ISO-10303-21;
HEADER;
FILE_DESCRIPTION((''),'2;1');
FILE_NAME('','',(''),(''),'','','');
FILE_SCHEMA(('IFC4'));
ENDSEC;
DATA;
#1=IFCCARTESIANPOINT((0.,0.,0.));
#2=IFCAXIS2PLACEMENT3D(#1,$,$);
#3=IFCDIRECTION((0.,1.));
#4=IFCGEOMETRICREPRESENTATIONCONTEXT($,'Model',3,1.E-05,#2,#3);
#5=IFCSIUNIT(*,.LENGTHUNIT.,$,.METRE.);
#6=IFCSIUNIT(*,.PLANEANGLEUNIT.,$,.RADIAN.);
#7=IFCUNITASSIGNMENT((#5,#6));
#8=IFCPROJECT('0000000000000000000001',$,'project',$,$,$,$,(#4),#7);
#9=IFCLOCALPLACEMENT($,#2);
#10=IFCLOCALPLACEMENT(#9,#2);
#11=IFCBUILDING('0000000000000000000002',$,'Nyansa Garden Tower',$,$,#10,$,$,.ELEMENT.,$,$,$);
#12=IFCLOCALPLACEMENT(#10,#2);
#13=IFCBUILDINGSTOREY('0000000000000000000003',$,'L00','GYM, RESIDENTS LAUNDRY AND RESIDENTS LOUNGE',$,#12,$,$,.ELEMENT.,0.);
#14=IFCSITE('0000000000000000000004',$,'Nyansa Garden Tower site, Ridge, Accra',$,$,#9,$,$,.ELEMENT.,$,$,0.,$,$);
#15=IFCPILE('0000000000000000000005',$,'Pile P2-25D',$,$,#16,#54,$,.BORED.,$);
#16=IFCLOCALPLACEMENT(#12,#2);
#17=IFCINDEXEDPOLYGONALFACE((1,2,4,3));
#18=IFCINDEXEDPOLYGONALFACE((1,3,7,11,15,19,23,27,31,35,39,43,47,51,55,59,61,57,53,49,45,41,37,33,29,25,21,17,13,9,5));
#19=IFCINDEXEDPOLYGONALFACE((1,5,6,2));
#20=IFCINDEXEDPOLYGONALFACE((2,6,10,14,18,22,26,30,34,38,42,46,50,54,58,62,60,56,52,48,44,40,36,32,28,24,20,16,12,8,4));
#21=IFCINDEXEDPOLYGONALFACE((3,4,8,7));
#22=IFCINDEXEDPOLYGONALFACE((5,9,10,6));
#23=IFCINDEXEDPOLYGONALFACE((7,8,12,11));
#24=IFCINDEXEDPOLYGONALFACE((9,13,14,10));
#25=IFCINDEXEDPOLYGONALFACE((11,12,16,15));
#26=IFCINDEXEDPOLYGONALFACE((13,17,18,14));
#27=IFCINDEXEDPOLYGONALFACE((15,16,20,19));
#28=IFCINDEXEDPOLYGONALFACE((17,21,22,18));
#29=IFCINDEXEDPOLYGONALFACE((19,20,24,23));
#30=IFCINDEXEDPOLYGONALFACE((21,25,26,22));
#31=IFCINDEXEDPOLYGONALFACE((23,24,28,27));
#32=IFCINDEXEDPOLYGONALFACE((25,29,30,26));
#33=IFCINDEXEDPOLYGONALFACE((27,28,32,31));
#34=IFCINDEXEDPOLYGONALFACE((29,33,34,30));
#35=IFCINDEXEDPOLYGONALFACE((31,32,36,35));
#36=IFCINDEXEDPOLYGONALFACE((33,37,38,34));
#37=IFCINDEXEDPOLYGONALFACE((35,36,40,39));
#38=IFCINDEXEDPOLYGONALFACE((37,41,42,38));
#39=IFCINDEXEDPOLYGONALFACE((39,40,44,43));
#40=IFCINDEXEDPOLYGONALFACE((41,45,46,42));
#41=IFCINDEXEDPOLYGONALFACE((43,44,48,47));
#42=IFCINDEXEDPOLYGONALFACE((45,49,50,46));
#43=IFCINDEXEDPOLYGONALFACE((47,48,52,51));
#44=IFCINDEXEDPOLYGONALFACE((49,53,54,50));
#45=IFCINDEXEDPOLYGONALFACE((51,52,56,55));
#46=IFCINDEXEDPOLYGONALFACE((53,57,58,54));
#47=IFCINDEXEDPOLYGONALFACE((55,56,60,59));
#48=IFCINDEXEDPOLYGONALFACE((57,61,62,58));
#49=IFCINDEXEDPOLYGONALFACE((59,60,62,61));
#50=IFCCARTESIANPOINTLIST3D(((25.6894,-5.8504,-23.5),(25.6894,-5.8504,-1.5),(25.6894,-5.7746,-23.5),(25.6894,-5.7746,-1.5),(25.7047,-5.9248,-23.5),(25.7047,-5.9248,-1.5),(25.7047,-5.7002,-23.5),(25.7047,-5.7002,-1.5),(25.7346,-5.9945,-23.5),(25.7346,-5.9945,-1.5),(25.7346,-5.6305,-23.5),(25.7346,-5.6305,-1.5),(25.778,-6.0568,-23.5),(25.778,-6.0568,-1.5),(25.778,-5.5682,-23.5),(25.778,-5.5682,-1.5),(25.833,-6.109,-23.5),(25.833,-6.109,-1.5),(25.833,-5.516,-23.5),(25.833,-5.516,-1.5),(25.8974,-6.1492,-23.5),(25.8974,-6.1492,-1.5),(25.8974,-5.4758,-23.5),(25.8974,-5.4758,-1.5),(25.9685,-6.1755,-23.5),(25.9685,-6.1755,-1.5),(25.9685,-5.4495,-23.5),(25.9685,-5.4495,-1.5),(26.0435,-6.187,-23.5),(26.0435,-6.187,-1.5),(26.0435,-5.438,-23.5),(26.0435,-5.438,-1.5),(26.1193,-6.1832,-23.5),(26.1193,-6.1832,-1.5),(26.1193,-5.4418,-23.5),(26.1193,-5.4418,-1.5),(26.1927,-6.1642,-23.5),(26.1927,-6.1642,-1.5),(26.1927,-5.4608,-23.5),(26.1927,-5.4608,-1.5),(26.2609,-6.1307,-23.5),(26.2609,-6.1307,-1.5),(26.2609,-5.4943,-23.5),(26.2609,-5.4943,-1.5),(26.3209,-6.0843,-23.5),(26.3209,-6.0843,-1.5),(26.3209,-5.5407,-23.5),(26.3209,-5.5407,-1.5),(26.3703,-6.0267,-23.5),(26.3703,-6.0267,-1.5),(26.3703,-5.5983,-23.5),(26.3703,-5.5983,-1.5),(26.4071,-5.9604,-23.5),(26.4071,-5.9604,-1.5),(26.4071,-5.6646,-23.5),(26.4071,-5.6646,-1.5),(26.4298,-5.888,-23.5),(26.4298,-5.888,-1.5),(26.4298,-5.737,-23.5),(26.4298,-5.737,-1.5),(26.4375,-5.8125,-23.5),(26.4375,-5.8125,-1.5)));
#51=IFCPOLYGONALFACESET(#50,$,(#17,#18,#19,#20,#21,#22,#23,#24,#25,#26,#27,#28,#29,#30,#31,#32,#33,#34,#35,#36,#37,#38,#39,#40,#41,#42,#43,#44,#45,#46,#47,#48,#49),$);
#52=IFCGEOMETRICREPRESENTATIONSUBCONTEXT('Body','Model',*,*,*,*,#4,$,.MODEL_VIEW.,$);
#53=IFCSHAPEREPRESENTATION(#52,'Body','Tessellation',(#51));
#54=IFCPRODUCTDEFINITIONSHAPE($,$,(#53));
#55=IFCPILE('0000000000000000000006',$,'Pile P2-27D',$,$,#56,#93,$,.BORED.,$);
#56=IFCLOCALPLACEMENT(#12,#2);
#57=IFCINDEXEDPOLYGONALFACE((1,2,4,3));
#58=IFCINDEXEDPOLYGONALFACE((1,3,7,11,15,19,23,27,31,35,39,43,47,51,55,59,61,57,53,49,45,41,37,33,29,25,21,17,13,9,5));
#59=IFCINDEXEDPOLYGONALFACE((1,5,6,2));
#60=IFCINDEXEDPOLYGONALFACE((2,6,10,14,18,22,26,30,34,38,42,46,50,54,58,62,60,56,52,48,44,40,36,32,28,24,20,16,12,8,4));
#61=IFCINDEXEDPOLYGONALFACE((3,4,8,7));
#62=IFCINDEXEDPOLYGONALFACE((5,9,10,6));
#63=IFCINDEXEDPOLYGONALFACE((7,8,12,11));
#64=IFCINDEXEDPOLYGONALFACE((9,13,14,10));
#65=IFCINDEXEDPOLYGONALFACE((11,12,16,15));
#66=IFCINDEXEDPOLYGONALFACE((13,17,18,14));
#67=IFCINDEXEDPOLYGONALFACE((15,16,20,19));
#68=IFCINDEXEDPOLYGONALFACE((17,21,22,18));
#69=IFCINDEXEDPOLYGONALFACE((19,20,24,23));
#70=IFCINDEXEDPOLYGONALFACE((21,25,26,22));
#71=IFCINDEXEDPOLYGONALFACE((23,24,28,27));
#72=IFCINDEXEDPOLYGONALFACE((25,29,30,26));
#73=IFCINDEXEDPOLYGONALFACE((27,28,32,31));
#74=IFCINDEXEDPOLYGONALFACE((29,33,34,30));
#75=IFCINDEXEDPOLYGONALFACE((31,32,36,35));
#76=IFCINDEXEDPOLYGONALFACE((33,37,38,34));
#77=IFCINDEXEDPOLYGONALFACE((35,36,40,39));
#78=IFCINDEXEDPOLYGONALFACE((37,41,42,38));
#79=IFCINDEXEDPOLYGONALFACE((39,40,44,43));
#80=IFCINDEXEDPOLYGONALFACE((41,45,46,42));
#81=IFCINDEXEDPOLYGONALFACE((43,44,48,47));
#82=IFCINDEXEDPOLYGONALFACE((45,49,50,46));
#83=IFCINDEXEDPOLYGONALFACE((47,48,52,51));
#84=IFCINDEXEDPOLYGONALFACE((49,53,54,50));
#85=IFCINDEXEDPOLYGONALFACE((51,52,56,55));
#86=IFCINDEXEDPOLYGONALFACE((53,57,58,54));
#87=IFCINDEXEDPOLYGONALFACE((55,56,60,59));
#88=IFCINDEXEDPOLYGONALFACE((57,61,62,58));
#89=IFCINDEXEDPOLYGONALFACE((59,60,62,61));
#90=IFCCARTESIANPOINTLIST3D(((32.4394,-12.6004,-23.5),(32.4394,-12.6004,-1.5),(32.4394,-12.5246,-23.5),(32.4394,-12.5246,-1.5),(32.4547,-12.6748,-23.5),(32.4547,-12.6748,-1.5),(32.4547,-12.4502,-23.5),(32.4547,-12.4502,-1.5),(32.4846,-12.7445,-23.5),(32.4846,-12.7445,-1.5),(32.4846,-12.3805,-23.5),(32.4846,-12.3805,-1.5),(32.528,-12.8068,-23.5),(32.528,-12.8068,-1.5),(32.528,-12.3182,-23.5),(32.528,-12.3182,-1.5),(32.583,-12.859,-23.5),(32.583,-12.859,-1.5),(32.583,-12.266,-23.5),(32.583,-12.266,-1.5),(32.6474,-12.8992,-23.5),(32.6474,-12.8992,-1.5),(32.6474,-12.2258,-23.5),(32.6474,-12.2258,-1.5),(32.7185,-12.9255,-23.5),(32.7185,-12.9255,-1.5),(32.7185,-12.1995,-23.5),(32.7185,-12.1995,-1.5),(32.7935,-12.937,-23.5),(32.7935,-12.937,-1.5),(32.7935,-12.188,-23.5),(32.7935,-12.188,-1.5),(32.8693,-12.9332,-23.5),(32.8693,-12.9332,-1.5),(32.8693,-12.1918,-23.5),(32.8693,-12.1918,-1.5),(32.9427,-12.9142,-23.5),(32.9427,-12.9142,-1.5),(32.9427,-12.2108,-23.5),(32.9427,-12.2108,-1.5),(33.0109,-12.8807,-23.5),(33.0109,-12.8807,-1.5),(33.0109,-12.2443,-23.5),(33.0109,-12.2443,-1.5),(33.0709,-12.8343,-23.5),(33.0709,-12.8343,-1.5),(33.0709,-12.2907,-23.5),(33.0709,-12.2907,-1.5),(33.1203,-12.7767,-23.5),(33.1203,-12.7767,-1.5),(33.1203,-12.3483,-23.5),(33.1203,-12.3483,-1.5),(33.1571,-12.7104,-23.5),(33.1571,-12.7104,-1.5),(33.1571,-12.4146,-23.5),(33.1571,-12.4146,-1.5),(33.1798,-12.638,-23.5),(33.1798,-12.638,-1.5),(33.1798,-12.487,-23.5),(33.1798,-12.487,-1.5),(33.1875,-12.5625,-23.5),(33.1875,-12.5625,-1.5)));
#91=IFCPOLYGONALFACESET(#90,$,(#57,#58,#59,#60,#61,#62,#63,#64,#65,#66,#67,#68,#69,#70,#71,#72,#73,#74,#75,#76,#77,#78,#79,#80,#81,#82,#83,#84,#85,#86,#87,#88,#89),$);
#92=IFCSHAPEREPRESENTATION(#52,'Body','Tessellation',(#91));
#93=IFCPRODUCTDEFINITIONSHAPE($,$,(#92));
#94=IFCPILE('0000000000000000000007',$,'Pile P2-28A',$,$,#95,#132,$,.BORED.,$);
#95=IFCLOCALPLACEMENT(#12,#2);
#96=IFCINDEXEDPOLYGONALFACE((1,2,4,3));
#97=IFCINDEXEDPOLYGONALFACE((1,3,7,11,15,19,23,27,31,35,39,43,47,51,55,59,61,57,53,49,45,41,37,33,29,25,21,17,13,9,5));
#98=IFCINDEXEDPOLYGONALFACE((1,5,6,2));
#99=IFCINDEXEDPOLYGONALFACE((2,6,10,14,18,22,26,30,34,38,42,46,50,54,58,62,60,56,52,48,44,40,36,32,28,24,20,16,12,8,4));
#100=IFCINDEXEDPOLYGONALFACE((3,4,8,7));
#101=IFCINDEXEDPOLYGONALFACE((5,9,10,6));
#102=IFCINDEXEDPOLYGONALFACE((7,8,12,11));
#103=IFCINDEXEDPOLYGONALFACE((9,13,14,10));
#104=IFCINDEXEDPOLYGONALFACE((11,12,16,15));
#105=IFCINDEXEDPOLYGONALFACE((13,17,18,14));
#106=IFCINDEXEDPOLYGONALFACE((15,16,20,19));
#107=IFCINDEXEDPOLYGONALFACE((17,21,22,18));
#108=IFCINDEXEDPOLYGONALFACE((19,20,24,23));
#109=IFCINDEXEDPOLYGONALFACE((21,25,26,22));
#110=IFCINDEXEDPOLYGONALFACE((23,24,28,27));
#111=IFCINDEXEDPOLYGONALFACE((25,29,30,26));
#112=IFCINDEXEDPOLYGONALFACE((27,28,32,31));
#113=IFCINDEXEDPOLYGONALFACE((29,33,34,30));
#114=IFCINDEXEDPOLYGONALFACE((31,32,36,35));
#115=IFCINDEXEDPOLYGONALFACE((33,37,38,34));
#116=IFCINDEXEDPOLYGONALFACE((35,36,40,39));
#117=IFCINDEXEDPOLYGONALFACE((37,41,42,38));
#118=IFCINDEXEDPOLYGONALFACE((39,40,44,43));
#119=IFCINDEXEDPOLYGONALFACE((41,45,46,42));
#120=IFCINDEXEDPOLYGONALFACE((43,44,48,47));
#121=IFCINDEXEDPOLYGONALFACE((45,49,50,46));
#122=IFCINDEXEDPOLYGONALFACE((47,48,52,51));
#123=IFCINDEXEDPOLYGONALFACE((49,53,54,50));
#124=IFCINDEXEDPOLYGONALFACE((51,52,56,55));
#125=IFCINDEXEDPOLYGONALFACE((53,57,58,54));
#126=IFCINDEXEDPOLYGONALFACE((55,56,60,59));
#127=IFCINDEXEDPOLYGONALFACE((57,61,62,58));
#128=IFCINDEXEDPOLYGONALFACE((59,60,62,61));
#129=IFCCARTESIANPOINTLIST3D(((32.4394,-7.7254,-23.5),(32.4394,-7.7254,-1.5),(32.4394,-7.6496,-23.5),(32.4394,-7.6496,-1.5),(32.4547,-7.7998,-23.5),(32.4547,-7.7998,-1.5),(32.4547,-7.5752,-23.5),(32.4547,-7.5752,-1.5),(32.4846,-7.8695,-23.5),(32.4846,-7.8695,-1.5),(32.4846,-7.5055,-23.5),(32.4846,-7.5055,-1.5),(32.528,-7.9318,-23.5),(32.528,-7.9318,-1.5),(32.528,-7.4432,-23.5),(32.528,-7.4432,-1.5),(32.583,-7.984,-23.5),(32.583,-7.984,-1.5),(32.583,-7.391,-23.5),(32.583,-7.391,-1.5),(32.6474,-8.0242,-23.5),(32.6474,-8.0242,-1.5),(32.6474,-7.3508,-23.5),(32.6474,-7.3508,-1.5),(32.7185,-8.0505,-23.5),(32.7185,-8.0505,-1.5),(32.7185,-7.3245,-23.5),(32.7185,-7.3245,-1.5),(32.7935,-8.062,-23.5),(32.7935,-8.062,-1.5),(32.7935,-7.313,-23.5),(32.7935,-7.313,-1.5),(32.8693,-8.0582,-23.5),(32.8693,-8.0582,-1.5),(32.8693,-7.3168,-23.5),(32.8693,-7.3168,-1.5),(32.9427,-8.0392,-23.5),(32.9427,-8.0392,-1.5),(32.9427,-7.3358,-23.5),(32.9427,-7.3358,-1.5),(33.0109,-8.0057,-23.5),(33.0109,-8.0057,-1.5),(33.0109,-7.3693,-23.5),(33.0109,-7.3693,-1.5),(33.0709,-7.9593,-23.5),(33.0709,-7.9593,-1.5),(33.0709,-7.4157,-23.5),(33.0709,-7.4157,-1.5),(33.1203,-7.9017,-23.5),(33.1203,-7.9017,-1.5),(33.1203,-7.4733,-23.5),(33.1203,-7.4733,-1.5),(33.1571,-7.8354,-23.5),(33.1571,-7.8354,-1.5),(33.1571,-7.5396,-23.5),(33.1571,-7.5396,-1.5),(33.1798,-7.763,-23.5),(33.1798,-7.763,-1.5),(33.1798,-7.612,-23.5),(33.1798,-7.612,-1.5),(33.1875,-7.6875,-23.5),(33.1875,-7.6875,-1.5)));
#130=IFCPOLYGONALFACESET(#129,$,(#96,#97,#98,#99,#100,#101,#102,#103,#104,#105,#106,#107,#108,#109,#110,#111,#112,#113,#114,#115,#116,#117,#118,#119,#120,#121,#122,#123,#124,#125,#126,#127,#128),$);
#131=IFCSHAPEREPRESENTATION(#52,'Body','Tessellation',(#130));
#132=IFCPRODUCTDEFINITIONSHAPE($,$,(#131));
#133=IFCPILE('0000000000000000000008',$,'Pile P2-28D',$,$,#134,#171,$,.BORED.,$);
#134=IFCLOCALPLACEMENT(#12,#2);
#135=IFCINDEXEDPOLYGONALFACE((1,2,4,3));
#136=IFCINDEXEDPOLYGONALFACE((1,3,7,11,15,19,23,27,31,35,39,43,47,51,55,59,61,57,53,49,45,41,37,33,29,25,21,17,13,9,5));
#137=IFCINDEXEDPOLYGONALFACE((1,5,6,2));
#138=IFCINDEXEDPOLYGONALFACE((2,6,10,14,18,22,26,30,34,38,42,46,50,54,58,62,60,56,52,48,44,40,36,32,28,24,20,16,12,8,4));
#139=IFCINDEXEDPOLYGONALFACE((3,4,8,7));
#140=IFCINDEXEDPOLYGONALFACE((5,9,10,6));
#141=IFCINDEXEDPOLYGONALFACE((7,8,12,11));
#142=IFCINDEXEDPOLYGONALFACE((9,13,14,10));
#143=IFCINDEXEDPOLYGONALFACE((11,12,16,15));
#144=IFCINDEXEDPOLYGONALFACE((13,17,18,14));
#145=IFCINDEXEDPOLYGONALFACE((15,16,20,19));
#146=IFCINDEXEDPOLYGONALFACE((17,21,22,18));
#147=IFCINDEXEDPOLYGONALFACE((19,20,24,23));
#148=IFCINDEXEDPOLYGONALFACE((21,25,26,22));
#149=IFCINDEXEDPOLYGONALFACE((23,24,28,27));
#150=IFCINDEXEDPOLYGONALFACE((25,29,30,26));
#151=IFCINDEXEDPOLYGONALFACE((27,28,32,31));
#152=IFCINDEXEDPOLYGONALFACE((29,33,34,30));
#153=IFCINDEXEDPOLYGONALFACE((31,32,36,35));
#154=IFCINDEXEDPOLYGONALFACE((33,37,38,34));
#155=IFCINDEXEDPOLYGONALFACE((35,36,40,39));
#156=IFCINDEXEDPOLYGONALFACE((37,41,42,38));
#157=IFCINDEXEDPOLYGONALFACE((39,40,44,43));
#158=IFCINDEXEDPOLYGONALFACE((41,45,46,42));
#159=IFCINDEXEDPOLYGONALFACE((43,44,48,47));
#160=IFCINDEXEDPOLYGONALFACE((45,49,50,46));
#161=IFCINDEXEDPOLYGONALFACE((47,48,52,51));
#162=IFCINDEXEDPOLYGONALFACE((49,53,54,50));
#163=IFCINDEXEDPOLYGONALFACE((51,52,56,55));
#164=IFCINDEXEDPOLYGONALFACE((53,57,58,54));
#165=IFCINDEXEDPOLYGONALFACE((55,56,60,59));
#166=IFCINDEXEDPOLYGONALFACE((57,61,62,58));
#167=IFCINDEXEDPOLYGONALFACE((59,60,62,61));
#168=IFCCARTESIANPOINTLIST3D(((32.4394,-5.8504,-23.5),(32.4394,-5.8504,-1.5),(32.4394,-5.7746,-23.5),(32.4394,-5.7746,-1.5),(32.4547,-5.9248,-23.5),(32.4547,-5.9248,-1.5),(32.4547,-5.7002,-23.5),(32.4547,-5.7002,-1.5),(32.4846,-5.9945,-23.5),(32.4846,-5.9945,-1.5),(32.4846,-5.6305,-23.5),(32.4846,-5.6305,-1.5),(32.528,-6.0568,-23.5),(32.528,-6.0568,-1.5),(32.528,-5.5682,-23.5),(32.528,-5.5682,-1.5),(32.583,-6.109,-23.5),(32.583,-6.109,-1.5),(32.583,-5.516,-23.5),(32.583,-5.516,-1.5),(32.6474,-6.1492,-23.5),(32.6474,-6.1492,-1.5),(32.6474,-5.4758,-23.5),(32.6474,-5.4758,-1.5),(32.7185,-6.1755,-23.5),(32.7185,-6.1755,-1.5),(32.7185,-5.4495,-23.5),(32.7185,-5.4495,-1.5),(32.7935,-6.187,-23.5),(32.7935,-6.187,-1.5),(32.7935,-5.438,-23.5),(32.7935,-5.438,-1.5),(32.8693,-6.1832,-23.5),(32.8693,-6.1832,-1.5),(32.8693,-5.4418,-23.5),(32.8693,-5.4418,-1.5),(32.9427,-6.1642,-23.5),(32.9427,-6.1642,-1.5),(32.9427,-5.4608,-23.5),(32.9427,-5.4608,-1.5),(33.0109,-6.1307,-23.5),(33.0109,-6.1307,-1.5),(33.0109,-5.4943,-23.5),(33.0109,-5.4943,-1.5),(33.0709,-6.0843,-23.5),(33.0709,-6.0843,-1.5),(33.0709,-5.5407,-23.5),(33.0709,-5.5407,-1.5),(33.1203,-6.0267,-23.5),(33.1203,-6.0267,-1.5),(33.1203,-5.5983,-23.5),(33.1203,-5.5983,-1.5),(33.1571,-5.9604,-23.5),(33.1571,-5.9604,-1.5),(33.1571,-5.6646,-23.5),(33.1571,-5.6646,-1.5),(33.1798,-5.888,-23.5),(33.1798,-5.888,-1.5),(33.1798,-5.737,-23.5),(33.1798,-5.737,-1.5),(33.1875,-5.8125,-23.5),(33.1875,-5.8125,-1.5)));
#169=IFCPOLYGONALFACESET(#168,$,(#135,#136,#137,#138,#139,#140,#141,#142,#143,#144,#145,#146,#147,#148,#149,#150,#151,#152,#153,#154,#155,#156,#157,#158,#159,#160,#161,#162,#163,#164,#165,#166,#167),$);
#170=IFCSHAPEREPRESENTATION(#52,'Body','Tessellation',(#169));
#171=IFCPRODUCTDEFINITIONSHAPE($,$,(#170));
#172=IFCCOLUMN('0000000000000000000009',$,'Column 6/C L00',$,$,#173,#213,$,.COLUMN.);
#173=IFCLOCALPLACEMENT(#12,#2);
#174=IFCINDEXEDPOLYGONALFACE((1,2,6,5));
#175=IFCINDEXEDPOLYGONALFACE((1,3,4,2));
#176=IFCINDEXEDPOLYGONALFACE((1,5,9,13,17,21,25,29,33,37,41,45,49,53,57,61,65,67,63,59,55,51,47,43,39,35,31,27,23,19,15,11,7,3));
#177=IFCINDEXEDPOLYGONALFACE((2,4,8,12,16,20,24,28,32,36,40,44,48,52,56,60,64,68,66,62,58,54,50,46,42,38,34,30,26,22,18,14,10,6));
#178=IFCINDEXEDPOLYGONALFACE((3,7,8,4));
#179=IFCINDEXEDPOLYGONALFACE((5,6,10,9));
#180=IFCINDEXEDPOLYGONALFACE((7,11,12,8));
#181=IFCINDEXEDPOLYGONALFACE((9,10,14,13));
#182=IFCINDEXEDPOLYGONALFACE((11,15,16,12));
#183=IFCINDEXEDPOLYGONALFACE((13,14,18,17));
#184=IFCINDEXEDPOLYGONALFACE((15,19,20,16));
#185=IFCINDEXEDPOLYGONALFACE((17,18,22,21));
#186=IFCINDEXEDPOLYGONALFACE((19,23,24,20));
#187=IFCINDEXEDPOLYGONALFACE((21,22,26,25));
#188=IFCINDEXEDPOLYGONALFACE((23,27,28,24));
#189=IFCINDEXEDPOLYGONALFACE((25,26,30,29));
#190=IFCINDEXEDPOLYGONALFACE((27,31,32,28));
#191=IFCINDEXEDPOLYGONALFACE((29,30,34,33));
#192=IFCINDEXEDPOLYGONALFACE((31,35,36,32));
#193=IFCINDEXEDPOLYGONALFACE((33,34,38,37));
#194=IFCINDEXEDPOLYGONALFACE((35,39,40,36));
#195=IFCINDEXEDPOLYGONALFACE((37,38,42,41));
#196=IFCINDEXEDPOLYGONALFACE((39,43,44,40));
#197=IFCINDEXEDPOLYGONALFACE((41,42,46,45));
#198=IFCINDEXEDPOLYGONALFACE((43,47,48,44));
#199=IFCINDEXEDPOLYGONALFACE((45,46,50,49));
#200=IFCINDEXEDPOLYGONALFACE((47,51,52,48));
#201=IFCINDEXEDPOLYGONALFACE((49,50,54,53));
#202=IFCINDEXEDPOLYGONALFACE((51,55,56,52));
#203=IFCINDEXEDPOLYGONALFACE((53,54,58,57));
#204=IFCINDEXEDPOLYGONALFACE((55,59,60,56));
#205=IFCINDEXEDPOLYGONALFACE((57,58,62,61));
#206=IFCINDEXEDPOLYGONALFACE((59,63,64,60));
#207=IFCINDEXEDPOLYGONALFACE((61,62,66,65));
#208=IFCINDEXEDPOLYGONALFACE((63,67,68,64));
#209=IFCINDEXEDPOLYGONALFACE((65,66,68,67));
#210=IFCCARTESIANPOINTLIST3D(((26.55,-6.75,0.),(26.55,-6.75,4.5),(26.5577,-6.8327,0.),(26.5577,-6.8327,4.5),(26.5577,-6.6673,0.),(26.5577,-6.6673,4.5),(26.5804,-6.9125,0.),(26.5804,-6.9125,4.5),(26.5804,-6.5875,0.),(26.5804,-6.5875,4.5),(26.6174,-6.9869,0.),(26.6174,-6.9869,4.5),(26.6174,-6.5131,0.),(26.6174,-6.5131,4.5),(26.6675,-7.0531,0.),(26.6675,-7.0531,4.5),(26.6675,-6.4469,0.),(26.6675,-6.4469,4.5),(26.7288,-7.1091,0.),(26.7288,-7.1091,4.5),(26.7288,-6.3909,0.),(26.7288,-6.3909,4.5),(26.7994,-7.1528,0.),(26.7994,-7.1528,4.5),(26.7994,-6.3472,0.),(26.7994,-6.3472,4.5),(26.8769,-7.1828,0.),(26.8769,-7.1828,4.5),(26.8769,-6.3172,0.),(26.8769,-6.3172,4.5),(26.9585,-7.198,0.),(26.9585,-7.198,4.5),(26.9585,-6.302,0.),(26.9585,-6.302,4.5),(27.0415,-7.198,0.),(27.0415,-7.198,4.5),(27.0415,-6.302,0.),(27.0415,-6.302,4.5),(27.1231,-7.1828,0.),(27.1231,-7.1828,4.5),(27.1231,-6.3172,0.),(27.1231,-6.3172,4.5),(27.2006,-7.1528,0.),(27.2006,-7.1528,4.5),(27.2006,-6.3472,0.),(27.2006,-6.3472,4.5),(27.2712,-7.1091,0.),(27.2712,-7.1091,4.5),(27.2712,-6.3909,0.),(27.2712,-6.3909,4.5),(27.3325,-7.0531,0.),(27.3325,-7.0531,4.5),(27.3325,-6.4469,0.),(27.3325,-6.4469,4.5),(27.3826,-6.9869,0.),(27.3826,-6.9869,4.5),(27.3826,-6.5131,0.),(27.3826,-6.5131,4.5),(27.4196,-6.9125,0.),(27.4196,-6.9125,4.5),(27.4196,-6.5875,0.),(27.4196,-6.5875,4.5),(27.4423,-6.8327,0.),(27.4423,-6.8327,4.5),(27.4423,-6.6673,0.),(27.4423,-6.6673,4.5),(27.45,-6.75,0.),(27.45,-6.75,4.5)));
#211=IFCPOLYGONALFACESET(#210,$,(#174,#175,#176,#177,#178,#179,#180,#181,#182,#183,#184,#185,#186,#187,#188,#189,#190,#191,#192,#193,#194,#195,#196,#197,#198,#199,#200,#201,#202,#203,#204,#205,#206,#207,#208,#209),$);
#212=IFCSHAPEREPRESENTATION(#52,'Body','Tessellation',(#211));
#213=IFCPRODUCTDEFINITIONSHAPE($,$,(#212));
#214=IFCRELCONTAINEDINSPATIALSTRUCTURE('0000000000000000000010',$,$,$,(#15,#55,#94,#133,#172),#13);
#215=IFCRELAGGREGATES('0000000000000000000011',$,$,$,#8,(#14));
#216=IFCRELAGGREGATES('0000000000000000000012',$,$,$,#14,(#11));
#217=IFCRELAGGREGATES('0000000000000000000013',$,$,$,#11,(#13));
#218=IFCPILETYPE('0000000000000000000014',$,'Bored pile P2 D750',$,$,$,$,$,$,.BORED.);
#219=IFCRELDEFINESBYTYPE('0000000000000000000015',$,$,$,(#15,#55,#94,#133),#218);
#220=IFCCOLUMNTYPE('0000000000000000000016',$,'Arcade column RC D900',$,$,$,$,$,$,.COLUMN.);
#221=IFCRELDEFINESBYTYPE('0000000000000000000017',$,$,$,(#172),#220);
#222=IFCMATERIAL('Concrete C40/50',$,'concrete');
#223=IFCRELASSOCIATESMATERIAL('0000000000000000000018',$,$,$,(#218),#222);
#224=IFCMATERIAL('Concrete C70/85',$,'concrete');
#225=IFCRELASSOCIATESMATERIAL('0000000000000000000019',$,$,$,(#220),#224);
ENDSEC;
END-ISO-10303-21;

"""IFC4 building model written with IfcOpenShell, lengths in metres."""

from ifc_helpers import new_model, si_unit, direction, frame, origin, origin_2d, place, context, subcontext, project, spatial, circle, extrude, material, material_profile, profile_set, type_object, element, save


model = new_model("IFC4")

# Units and contexts
model_context = context("Model", 3, precision=1e-05, world=origin(), true_north=direction((0.0, 1.0)))
body_context = subcontext(model_context, "Body", "Model", "MODEL_VIEW")
ifc_project = project(units=[si_unit("LENGTHUNIT", "METRE"), si_unit("PLANEANGLEUNIT", "RADIAN")], contexts=[model_context])

# Site, building, storey
site_placement = place(None, origin())
site = spatial("IfcSite", under=ifc_project, at=site_placement, Name="Nyansa Garden Tower site, Ridge, Accra", CompositionType="ELEMENT", RefElevation=0.0)
building_placement = place(site_placement, origin())
building = spatial("IfcBuilding", under=site, at=building_placement, Name="Nyansa Garden Tower", CompositionType="ELEMENT")
storey_placement = place(building_placement, origin())
storey = spatial("IfcBuildingStorey", under=building, at=storey_placement, Name="L00", Description="GYM, RESIDENTS LAUNDRY AND RESIDENTS LOUNGE", CompositionType="ELEMENT", Elevation=0.0)

# Piles
ifc_material_1 = material(Name="Concrete C40/50", Category="concrete")
pile_type_1 = type_object("IfcPileType", Name="Bored pile P2 D750", PredefinedType="BORED", material=ifc_material_1)
for number, where, z_axis, x_axis, name in (
    (1, (26.0625, -5.8125, -1.5), (0.0, 0.0, -1.0), (1.0, 0.0, 0.0), "Pile P2-25D"),
    (2, (32.8125, -12.5625, -1.5), (0.0, 0.0, -1.0), (1.0, 0.0, 0.0), "Pile P2-27D"),
    (3, (32.8125, -7.6875, -1.5), (0.0, 0.0, -1.0), (1.0, 0.0, 0.0), "Pile P2-28A"),
    (4, (32.8125, -5.8125, -1.5), (0.0, 0.0, -1.0), (1.0, 0.0, 0.0), "Pile P2-28D"),
):
    element("IfcPile", number, at=place(storey_placement, frame(where, z_axis=z_axis, x_axis=x_axis)), inside=storey, type_object=pile_type_1, Name=name, PredefinedType="BORED", context=body_context, shape_type="SweptSolid", body=[
        extrude(circle(Radius=0.375, at=origin_2d()), origin(), (0.0, 0.0, 1.0), 22.0),
    ])

# Column
ifc_material_2 = material(Name="Concrete C70/85", Category="concrete")
ifc_material_profile_1 = material_profile(ifc_material_2, circle(Radius=0.45, at=origin_2d()), Name="RC D900")
ifc_profile_set_1 = profile_set([ifc_material_profile_1], Name="Concrete C70/85")
column_type_1 = type_object("IfcColumnType", Name="Arcade column RC D900", PredefinedType="COLUMN", material=ifc_profile_set_1)
column_placement = place(storey_placement, frame((27.0, -6.75, 0.0), z_axis=(0.0, 0.0, 1.0), x_axis=(1.0, 0.0, 0.0)))
element("IfcColumn", 5, at=column_placement, inside=storey, type_object=column_type_1, Name="Column 6/C L00", PredefinedType="COLUMN", context=body_context, shape_type="SweptSolid", body=[
    extrude(circle(Radius=0.45, at=origin_2d()), origin(), (0.0, 0.0, 1.0), 4.5),
])

save(model, "model.ifc")
